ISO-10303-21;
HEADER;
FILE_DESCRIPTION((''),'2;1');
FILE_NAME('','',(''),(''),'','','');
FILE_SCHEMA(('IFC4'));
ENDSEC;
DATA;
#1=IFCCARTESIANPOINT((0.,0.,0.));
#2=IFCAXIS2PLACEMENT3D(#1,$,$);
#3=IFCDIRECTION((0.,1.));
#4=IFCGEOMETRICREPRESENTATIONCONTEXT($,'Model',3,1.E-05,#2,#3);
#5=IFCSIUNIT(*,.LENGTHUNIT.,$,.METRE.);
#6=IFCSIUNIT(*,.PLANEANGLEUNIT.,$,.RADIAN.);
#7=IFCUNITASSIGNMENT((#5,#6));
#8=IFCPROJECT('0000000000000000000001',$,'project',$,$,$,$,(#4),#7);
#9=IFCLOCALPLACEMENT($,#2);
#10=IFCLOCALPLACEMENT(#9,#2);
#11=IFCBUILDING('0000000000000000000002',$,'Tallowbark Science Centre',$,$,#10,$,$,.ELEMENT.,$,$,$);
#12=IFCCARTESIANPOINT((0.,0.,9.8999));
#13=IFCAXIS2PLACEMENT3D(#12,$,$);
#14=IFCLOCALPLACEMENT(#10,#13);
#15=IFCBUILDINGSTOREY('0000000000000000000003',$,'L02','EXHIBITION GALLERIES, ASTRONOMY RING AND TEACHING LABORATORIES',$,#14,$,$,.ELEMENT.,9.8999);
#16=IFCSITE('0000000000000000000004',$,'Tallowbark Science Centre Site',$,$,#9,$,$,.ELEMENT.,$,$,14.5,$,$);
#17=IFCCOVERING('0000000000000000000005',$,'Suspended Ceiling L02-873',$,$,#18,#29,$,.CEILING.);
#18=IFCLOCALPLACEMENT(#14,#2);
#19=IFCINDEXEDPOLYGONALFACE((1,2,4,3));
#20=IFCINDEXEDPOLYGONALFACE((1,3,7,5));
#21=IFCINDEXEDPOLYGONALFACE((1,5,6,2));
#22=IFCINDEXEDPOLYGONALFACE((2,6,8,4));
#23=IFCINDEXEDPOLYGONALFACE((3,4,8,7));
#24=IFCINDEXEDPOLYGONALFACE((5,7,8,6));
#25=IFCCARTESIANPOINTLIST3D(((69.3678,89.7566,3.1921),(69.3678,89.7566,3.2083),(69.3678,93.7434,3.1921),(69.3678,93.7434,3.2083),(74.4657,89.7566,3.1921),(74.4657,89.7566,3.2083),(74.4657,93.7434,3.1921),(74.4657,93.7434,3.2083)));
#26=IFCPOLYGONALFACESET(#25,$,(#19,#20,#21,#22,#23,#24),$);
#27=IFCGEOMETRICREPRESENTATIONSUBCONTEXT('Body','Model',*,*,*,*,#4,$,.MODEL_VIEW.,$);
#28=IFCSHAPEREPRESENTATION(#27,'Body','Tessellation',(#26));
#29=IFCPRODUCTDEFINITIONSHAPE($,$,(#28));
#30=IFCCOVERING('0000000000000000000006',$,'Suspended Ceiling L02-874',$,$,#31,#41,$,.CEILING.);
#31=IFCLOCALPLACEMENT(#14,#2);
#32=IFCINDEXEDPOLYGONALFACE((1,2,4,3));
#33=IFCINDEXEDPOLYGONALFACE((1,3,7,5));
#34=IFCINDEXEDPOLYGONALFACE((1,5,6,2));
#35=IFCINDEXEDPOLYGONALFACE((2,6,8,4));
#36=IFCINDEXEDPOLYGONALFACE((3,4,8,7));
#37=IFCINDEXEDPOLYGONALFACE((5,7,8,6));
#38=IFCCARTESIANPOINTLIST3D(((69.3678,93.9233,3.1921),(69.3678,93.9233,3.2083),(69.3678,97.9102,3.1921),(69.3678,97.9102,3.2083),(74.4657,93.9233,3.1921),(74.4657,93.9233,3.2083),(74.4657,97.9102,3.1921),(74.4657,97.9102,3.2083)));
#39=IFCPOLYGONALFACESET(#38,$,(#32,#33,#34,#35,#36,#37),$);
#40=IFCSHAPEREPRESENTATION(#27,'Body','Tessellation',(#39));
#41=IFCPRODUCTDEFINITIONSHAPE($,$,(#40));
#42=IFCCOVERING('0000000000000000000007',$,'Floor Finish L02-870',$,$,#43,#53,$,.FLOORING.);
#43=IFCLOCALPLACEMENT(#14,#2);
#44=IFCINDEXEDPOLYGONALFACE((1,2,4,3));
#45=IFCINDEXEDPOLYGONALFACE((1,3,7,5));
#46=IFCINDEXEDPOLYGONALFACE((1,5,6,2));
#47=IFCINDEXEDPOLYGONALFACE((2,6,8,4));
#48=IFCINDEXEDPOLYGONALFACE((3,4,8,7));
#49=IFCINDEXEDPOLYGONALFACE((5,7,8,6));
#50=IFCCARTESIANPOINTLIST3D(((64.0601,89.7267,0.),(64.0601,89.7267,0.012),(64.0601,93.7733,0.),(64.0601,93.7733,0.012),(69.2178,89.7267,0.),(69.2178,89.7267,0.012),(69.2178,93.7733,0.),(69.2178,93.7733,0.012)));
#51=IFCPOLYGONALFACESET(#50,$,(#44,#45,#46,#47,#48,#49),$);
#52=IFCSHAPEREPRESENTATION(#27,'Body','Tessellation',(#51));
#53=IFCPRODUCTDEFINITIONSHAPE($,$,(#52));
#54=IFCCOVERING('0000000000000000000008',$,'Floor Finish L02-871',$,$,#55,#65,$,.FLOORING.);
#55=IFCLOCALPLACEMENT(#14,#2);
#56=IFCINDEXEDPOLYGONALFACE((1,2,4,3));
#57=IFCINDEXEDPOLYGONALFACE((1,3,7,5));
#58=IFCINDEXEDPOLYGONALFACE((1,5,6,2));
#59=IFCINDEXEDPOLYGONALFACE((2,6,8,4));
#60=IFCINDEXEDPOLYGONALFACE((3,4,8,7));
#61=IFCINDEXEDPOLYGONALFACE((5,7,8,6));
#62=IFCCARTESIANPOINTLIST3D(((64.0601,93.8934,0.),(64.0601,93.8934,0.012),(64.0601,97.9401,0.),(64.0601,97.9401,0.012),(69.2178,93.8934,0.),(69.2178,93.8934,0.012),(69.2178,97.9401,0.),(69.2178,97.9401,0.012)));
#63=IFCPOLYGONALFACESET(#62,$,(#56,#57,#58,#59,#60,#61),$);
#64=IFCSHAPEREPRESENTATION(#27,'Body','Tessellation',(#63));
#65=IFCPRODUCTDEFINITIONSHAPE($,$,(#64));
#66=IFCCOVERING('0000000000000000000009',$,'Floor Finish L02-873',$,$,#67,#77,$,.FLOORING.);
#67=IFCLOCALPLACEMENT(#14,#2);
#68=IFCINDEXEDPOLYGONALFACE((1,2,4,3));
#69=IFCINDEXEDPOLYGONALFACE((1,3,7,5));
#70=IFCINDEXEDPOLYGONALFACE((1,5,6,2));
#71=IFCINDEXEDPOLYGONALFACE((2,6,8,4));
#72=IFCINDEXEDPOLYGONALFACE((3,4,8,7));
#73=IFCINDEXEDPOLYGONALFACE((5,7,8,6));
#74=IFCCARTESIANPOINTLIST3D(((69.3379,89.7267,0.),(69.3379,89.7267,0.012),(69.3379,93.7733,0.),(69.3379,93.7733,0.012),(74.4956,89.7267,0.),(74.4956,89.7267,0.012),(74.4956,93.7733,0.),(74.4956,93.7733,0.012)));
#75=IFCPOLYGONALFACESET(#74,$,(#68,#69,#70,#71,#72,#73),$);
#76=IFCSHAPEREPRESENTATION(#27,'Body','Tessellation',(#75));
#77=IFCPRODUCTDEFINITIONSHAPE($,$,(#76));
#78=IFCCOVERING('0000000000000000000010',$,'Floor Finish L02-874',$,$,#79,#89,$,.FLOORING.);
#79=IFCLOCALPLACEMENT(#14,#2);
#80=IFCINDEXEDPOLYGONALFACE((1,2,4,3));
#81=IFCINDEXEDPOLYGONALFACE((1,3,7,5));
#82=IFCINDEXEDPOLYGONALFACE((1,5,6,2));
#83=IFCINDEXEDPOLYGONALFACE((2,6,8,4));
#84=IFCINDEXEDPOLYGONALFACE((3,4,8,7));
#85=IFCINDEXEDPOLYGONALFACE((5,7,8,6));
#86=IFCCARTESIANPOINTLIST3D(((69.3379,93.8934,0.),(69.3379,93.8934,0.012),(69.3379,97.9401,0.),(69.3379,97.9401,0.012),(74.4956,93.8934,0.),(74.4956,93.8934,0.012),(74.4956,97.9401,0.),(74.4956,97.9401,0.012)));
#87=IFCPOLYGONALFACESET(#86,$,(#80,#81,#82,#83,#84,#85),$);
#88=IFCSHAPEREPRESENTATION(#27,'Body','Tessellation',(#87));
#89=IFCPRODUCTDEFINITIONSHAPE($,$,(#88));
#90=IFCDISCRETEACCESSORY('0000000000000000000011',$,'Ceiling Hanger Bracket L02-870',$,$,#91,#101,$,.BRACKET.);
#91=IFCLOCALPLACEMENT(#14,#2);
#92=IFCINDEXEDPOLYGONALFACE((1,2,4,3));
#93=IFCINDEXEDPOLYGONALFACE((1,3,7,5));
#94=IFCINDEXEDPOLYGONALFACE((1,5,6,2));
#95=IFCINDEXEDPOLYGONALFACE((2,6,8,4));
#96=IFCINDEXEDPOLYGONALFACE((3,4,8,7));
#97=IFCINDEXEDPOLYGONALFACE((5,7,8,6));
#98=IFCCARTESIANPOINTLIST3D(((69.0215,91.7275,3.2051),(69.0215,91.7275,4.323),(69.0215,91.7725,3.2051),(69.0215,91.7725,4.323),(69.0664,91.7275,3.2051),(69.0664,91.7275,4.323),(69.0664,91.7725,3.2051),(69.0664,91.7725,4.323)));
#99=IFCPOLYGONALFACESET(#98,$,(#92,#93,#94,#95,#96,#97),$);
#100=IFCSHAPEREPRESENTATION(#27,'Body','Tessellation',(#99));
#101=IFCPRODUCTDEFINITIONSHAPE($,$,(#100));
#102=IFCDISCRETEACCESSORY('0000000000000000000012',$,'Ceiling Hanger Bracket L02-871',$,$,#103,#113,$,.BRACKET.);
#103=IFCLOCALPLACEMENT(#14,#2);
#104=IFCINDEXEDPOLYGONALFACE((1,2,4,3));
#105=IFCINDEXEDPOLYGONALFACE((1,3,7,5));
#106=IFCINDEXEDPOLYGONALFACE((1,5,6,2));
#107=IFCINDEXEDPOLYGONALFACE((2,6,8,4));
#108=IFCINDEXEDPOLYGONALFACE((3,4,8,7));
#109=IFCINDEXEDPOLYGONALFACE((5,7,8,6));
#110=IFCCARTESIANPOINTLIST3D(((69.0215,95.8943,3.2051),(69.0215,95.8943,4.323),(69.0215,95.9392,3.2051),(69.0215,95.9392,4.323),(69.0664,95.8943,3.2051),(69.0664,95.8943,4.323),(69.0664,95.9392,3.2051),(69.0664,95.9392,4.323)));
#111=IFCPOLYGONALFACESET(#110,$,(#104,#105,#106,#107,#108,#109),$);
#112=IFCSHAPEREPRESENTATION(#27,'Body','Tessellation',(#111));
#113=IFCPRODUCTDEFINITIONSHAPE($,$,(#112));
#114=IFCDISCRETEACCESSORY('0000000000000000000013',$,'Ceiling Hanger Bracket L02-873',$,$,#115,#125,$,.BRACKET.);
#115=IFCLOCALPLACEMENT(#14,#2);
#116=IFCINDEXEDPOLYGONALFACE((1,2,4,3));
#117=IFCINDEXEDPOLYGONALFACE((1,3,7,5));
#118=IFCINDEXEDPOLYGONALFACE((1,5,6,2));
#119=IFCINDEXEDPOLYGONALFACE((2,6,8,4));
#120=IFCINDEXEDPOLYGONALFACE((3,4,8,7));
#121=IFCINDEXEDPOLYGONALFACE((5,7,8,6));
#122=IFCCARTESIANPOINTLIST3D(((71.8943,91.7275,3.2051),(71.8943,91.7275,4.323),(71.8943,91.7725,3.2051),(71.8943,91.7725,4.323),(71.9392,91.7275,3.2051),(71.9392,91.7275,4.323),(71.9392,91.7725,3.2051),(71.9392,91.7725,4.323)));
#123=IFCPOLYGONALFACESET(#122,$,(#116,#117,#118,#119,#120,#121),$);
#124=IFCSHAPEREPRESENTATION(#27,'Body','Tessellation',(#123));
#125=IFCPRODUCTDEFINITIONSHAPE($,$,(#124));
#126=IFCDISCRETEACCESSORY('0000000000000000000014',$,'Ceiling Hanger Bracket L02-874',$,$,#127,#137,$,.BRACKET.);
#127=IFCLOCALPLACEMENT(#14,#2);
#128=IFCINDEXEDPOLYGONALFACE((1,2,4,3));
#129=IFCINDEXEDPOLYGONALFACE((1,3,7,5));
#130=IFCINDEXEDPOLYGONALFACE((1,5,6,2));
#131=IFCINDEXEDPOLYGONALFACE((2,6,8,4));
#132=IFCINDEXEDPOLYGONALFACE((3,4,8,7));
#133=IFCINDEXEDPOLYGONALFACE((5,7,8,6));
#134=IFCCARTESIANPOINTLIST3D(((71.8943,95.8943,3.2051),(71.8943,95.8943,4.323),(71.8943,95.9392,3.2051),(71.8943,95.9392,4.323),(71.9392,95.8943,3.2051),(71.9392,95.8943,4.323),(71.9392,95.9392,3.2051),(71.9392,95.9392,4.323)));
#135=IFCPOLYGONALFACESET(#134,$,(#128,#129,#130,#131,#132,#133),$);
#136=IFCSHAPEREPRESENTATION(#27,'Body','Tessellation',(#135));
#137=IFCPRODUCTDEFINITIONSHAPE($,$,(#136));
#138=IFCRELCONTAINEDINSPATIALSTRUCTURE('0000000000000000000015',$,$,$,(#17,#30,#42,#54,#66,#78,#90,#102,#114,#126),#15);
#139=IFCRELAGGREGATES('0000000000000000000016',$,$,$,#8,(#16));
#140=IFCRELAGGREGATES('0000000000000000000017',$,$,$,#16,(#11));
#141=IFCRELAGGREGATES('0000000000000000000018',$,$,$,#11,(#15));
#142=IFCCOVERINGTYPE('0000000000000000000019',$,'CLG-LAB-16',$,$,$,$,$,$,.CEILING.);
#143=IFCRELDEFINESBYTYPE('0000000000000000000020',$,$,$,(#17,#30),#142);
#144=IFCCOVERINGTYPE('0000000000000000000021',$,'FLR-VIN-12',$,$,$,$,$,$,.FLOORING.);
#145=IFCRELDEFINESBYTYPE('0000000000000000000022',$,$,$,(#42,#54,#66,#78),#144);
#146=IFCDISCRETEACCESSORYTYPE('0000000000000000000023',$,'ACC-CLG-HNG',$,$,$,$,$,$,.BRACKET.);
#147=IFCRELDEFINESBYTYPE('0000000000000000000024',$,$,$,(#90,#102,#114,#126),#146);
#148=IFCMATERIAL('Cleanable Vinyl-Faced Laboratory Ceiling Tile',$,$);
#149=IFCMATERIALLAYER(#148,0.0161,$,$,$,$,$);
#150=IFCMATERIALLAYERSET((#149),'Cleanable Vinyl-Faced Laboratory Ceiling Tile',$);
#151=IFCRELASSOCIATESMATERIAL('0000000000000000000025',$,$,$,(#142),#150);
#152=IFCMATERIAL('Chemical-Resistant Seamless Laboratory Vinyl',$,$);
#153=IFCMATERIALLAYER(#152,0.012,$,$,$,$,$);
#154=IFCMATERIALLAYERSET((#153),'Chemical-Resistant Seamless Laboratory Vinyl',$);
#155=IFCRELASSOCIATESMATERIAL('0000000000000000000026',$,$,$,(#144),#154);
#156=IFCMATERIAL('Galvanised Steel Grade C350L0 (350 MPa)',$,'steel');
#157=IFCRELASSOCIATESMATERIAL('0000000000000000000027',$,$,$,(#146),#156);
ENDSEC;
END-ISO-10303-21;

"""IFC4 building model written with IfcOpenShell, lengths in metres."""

from ifc_helpers import new_model, si_unit, direction, frame, origin, origin_2d, place, context, subcontext, project, spatial, rectangle, extrude, material, layer, layer_set, type_object, element, save


model = new_model("IFC4")

# Units and contexts
model_context = context("Model", 3, precision=1e-05, world=origin(), true_north=direction((0.0, 1.0)))
body_context = subcontext(model_context, "Body", "Model", "MODEL_VIEW")
ifc_project = project(units=[si_unit("LENGTHUNIT", "METRE"), si_unit("PLANEANGLEUNIT", "RADIAN")], contexts=[model_context])

# Site, building, storey
site_placement = place(None, origin())
site = spatial("IfcSite", under=ifc_project, at=site_placement, Name="Tallowbark Science Centre Site", CompositionType="ELEMENT", RefElevation=14.5)
building_placement = place(site_placement, origin())
building = spatial("IfcBuilding", under=site, at=building_placement, Name="Tallowbark Science Centre", CompositionType="ELEMENT")
storey_placement = place(building_placement, frame((0.0, 0.0, 9.8999)))
storey = spatial("IfcBuildingStorey", under=building, at=storey_placement, Name="L02", Description="EXHIBITION GALLERIES, ASTRONOMY RING AND TEACHING LABORATORIES", CompositionType="ELEMENT", Elevation=9.8999)

# Coverings
ifc_material_1 = material(Name="Cleanable Vinyl-Faced Laboratory Ceiling Tile")
ifc_layer_1 = layer(ifc_material_1, 0.0161)
ifc_layer_set_1 = layer_set([ifc_layer_1], Name="Cleanable Vinyl-Faced Laboratory Ceiling Tile")
covering_type_1 = type_object("IfcCoveringType", Name="CLG-LAB-16", PredefinedType="CEILING", material=ifc_layer_set_1)
for number, where, z_axis, x_axis, name in (
    (1, (71.9167, 91.75, 3.1921), (0.0, 0.0, 1.0), (1.0, 0.0, 0.0), "Suspended Ceiling L02-873"),
    (2, (71.9167, 95.9167, 3.1921), (0.0, 0.0, 1.0), (1.0, 0.0, 0.0), "Suspended Ceiling L02-874"),
):
    element("IfcCovering", number, at=place(storey_placement, frame(where, z_axis=z_axis, x_axis=x_axis)), inside=storey, type_object=covering_type_1, Name=name, PredefinedType="CEILING", context=body_context, shape_type="SweptSolid", body=[
        extrude(rectangle(XDim=5.0979, YDim=3.9868, at=origin_2d()), origin(), (0.0, 0.0, 1.0), 0.0161),
    ])
ifc_material_2 = material(Name="Chemical-Resistant Seamless Laboratory Vinyl")
ifc_layer_2 = layer(ifc_material_2, 0.012)
ifc_layer_set_2 = layer_set([ifc_layer_2], Name="Chemical-Resistant Seamless Laboratory Vinyl")
covering_type_2 = type_object("IfcCoveringType", Name="FLR-VIN-12", PredefinedType="FLOORING", material=ifc_layer_set_2)
for number, where, z_axis, x_axis, name in (
    (3, (66.6389, 91.75, 0.0), (0.0, 0.0, 1.0), (1.0, 0.0, 0.0), "Floor Finish L02-870"),
    (4, (66.6389, 95.9167, 0.0), (0.0, 0.0, 1.0), (1.0, 0.0, 0.0), "Floor Finish L02-871"),
    (5, (71.9167, 91.75, 0.0), (0.0, 0.0, 1.0), (1.0, 0.0, 0.0), "Floor Finish L02-873"),
    (6, (71.9167, 95.9167, 0.0), (0.0, 0.0, 1.0), (1.0, 0.0, 0.0), "Floor Finish L02-874"),
):
    element("IfcCovering", number, at=place(storey_placement, frame(where, z_axis=z_axis, x_axis=x_axis)), inside=storey, type_object=covering_type_2, Name=name, PredefinedType="FLOORING", context=body_context, shape_type="SweptSolid", body=[
        extrude(rectangle(XDim=5.1577, YDim=4.0466, at=origin_2d()), origin(), (0.0, 0.0, 1.0), 0.012),
    ])

# Discrete accessories
ifc_material_3 = material(Name="Galvanised Steel Grade C350L0 (350 MPa)", Category="steel")
discrete_accessory_type = type_object("IfcDiscreteAccessoryType", Name="ACC-CLG-HNG", PredefinedType="BRACKET", material=ifc_material_3)
for number, where, z_axis, x_axis, name in (
    (7, (69.0439, 91.75, 3.2051), (0.0, 0.0, 1.0), (1.0, 0.0, 0.0), "Ceiling Hanger Bracket L02-870"),
    (8, (69.0439, 95.9167, 3.2051), (0.0, 0.0, 1.0), (1.0, 0.0, 0.0), "Ceiling Hanger Bracket L02-871"),
    (9, (71.9167, 91.75, 3.2051), (0.0, 0.0, 1.0), (1.0, 0.0, 0.0), "Ceiling Hanger Bracket L02-873"),
    (10, (71.9167, 95.9167, 3.2051), (0.0, 0.0, 1.0), (1.0, 0.0, 0.0), "Ceiling Hanger Bracket L02-874"),
):
    element("IfcDiscreteAccessory", number, at=place(storey_placement, frame(where, z_axis=z_axis, x_axis=x_axis)), inside=storey, type_object=discrete_accessory_type, Name=name, PredefinedType="BRACKET", context=body_context, shape_type="SweptSolid", body=[
        extrude(rectangle(XDim=0.0449, YDim=0.0449, at=origin_2d()), origin(), (0.0, 0.0, 1.0), 1.1179),
    ])

save(model, "model.ifc")
